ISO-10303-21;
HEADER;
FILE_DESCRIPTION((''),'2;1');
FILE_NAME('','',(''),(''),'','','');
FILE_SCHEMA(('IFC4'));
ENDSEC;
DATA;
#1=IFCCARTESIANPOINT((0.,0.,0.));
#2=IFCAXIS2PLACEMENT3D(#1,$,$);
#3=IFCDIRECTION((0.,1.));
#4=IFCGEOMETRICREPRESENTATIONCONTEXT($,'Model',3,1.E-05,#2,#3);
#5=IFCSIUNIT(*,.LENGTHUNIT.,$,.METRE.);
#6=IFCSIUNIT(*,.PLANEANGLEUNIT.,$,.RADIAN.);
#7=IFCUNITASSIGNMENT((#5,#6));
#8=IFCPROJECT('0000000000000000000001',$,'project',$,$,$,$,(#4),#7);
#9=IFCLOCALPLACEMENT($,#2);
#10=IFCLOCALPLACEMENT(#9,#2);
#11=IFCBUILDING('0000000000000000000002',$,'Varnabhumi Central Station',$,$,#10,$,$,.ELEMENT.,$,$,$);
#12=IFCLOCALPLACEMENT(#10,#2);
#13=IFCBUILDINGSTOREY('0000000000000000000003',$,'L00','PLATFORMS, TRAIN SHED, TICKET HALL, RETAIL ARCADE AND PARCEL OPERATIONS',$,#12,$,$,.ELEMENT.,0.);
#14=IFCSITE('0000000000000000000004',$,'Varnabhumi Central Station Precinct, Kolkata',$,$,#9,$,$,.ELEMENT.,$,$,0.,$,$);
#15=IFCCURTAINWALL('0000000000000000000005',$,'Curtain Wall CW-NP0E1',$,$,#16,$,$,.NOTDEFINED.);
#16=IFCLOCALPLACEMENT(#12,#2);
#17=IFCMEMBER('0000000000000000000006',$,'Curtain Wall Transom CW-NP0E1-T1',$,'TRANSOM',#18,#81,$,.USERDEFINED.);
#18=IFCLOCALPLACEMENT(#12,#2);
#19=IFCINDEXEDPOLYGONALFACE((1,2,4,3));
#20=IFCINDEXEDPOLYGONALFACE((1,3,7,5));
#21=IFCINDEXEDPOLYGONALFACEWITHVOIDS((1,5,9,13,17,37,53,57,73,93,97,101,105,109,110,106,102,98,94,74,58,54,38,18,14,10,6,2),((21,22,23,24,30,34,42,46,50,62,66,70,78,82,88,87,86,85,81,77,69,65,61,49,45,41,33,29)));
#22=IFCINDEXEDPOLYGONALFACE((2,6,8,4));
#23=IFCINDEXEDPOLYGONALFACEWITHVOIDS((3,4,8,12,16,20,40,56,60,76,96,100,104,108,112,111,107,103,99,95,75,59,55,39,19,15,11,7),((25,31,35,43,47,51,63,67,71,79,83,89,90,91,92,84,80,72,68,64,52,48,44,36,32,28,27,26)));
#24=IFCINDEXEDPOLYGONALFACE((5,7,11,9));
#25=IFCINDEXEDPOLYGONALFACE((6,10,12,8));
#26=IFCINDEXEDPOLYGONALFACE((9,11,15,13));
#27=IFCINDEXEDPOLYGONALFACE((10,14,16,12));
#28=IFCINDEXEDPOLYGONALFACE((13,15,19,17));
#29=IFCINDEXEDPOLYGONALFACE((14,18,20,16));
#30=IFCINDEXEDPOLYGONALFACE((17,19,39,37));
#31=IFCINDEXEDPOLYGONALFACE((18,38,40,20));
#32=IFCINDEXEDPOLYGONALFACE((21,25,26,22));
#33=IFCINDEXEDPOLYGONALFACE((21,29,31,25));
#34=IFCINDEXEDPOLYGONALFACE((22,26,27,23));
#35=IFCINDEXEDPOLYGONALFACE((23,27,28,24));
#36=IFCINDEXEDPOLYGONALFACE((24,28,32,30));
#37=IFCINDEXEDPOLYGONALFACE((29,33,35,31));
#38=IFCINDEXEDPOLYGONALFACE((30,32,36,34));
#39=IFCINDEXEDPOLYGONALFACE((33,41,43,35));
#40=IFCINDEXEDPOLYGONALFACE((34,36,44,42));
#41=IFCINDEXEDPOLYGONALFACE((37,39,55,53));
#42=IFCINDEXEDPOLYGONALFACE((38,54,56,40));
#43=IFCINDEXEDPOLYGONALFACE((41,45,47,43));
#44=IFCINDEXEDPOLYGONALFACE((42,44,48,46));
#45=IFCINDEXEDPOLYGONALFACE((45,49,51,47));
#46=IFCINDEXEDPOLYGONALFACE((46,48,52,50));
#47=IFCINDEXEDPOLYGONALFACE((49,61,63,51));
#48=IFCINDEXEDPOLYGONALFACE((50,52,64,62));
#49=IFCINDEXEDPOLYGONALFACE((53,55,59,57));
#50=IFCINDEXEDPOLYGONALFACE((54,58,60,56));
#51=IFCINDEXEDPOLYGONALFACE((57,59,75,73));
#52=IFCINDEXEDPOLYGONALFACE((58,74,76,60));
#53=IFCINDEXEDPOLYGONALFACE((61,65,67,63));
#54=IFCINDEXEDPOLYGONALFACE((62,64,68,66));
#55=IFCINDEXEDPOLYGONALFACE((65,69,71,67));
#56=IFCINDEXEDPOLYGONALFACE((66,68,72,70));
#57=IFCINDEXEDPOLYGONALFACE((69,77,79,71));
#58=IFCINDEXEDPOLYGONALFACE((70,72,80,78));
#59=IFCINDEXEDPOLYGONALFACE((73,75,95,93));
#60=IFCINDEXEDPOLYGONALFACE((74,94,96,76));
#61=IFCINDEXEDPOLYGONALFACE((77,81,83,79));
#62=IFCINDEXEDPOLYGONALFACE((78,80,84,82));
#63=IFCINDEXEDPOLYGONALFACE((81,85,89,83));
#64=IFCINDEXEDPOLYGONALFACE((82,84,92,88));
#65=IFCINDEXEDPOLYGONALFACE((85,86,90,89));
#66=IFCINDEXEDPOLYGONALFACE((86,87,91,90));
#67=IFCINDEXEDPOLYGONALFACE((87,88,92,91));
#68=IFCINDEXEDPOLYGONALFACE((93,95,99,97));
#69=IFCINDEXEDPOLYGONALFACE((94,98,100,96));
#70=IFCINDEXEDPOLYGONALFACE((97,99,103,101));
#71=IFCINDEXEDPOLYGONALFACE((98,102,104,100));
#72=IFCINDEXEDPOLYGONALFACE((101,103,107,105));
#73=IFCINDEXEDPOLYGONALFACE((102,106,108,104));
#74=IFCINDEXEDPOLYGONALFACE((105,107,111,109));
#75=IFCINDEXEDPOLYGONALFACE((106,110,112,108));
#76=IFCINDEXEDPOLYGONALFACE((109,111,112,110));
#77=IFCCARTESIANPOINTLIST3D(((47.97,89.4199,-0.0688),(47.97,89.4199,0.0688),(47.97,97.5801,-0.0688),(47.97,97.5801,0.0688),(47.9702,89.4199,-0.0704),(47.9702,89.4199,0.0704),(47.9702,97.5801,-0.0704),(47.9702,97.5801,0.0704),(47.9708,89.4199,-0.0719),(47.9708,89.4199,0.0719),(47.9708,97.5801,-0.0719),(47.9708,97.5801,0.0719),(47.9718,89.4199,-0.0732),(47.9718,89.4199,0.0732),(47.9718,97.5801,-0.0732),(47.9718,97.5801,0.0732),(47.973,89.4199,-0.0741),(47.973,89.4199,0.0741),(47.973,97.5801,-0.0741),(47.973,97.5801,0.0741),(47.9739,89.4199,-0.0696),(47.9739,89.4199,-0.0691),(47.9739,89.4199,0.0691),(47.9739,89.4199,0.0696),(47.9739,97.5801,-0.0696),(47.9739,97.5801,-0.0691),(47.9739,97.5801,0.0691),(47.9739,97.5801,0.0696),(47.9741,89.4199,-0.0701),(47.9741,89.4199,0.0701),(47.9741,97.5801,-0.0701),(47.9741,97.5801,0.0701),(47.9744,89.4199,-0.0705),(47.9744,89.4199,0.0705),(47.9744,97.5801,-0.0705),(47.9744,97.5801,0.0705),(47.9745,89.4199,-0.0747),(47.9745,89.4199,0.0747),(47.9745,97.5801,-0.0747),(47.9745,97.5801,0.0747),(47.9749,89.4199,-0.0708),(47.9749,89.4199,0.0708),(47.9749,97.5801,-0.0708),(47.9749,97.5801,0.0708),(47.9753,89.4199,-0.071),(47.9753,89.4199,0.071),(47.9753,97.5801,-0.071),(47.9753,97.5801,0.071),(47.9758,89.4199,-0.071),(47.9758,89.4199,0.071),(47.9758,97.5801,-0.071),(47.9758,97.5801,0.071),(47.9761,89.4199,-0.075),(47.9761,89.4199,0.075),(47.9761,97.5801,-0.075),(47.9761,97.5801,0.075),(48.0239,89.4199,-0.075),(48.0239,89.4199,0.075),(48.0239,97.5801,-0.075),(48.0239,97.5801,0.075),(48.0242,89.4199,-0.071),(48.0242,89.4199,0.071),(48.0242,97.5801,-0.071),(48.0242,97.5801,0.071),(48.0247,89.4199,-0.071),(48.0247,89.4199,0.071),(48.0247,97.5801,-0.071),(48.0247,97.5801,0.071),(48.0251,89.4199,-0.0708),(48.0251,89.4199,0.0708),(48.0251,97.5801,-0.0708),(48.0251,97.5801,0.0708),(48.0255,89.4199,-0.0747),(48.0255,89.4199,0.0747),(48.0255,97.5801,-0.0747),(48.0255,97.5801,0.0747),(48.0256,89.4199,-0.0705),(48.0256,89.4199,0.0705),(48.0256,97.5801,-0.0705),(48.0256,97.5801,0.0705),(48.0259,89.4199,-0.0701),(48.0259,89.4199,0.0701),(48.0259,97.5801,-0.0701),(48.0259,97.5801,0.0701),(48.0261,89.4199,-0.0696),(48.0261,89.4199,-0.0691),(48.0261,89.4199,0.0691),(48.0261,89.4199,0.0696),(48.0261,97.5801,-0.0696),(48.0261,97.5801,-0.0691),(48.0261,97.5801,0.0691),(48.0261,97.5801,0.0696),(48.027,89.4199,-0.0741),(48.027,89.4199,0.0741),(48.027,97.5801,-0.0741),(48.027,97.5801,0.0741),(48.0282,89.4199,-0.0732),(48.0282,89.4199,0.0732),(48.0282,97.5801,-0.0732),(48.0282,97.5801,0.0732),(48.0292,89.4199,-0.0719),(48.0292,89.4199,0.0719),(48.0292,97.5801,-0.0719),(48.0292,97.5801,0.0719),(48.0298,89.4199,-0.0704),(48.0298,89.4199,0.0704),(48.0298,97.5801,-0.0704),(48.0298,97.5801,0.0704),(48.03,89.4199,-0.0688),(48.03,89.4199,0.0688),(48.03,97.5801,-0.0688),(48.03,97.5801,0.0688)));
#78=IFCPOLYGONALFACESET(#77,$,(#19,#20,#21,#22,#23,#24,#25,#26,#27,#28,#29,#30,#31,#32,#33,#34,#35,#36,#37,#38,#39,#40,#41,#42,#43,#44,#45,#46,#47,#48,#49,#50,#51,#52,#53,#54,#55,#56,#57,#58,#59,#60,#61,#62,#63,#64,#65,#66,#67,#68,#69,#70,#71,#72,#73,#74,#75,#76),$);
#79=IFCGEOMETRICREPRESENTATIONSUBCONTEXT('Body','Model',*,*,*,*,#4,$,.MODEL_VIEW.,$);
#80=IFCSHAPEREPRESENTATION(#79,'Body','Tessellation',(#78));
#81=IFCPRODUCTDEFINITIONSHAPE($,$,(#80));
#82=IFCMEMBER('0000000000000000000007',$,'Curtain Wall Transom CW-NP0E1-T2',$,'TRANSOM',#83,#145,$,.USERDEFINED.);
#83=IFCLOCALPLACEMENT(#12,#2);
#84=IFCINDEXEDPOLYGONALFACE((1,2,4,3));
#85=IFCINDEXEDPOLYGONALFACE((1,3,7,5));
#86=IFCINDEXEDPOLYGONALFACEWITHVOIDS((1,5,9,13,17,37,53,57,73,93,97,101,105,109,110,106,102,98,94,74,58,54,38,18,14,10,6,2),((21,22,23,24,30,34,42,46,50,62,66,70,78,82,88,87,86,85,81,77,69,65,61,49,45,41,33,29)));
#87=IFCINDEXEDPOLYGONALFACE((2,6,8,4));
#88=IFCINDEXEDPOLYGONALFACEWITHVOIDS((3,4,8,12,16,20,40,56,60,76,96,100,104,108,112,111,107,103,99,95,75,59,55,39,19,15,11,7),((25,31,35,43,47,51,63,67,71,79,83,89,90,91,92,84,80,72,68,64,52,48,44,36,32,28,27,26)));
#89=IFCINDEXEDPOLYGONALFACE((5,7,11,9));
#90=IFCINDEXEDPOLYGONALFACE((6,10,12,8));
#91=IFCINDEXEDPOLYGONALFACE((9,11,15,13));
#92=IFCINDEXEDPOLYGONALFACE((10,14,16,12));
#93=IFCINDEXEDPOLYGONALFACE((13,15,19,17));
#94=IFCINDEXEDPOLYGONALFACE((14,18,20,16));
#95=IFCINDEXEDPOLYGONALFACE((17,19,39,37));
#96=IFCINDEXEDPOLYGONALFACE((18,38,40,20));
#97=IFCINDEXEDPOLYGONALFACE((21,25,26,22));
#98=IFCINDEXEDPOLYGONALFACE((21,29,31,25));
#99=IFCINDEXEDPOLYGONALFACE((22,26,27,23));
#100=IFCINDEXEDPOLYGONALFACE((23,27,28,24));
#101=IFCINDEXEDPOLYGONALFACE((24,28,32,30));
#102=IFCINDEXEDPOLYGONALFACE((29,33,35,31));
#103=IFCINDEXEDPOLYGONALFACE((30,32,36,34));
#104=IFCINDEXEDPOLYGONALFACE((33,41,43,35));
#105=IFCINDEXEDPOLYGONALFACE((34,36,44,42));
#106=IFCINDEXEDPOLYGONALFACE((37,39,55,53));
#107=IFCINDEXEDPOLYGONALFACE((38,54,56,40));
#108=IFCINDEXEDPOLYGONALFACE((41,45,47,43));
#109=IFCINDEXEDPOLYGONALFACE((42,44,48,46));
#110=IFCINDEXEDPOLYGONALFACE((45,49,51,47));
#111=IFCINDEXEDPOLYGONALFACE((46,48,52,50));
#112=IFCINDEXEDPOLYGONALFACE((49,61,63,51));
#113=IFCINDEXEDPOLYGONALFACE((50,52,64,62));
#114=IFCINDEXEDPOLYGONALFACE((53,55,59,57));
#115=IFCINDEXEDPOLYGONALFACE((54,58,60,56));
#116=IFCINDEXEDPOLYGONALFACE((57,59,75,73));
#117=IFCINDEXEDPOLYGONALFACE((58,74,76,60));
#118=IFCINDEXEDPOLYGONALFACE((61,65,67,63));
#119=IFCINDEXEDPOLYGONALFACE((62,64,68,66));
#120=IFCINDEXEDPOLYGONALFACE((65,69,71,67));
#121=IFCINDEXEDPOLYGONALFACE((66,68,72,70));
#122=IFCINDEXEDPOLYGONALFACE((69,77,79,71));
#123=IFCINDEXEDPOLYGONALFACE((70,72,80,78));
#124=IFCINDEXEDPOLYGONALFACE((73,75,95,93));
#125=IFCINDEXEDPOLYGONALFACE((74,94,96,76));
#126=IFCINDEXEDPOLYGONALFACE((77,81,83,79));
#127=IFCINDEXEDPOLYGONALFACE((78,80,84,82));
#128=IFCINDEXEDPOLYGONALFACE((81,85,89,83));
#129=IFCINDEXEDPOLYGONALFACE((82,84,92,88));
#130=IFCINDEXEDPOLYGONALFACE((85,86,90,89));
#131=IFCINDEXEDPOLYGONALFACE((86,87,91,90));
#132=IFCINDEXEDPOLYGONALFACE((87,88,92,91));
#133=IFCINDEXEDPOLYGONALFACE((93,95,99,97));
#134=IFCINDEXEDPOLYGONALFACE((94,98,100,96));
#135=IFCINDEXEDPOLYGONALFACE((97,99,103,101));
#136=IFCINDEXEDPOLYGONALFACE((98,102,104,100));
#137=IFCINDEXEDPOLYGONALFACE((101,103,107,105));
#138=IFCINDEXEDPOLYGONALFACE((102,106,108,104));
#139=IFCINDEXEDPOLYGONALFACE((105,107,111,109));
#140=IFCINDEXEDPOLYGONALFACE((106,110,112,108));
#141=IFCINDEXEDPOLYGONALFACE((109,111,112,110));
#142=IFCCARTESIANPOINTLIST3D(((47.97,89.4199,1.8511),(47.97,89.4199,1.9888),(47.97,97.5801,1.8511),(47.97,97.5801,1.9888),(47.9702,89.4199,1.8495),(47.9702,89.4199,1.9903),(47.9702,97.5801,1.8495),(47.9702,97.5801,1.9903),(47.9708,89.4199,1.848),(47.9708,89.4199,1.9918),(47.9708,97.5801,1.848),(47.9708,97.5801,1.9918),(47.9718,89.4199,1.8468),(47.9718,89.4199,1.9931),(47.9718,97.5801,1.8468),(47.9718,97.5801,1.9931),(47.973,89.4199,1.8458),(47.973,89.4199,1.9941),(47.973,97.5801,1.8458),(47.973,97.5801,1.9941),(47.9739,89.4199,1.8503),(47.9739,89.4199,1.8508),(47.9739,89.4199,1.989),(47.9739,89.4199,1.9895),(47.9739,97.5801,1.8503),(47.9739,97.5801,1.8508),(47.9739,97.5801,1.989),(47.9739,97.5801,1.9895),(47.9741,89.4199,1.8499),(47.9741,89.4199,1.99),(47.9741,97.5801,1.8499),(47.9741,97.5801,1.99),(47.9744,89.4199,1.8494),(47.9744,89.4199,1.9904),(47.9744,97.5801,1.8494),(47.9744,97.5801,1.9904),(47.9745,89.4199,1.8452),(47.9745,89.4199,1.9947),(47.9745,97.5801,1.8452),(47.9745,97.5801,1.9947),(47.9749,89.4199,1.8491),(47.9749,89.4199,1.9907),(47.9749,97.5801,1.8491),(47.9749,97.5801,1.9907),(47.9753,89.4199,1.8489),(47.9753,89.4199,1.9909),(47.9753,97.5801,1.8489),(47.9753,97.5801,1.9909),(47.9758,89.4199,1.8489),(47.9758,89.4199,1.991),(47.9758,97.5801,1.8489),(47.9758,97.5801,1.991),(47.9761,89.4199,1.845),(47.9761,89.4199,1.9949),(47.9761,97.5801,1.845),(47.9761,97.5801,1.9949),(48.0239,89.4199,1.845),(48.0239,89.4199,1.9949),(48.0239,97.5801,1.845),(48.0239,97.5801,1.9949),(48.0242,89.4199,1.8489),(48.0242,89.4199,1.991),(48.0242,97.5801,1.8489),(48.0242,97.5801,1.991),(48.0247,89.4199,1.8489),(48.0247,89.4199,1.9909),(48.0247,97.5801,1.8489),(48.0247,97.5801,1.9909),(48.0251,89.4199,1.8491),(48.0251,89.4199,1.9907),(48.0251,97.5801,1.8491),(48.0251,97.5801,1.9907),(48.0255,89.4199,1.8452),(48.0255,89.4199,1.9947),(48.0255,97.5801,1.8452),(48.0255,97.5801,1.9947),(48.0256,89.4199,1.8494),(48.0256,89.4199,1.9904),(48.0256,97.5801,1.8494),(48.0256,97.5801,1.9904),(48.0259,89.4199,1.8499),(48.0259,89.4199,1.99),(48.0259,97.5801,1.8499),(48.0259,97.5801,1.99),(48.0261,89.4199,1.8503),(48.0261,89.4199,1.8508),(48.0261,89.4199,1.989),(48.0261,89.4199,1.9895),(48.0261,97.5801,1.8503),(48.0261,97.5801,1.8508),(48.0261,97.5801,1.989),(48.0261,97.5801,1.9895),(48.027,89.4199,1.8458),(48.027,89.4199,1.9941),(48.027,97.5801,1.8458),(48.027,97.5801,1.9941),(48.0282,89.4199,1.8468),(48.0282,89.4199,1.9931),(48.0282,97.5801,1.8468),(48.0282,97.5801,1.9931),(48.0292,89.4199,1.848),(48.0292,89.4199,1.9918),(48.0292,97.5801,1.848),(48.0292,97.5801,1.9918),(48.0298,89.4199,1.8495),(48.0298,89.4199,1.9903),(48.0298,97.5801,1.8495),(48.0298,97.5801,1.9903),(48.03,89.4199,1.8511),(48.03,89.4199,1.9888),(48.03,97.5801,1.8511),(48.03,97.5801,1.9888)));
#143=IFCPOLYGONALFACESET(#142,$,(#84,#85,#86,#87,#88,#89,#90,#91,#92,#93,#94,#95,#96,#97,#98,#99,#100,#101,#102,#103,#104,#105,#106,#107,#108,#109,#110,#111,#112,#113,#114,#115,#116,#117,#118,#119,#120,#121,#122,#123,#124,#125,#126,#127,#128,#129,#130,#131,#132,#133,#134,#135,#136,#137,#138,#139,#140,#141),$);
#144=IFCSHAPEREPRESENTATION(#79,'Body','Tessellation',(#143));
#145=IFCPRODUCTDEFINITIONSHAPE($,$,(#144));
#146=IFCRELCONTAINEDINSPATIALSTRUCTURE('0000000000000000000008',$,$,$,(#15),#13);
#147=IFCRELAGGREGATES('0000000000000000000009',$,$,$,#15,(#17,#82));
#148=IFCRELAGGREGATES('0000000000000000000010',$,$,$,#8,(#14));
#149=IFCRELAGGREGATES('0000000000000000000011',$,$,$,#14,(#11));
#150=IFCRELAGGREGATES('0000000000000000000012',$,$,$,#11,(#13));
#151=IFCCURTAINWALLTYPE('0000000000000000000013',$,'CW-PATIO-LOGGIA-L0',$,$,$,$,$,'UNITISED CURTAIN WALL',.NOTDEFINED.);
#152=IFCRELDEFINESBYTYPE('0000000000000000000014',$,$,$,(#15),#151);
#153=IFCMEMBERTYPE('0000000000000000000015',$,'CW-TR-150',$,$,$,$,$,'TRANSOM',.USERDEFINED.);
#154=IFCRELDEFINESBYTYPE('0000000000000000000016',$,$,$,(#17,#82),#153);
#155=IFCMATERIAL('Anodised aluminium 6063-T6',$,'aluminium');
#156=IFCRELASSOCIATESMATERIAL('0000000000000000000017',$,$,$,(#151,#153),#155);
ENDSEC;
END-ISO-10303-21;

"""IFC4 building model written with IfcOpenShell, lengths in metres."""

from ifc_helpers import new_model, si_unit, direction, frame, origin, origin_2d, place, context, subcontext, project, spatial, hollow_rectangle, extrude, material, material_profile, profile_set, type_object, element, aggregate, save


model = new_model("IFC4")

# Units and contexts
model_context = context("Model", 3, precision=1e-05, world=origin(), true_north=direction((0.0, 1.0)))
body_context = subcontext(model_context, "Body", "Model", "MODEL_VIEW")
ifc_project = project(units=[si_unit("LENGTHUNIT", "METRE"), si_unit("PLANEANGLEUNIT", "RADIAN")], contexts=[model_context])

# Site, building, storey
site_placement = place(None, origin())
site = spatial("IfcSite", under=ifc_project, at=site_placement, Name="Varnabhumi Central Station Precinct, Kolkata", CompositionType="ELEMENT", RefElevation=0.0)
building_placement = place(site_placement, origin())
building = spatial("IfcBuilding", under=site, at=building_placement, Name="Varnabhumi Central Station", CompositionType="ELEMENT")
storey_placement = place(building_placement, origin())
storey = spatial("IfcBuildingStorey", under=building, at=storey_placement, Name="L00", Description="PLATFORMS, TRAIN SHED, TICKET HALL, RETAIL ARCADE AND PARCEL OPERATIONS", CompositionType="ELEMENT", Elevation=0.0)

# Curtain wall
ifc_material_1 = material(Name="Anodised aluminium 6063-T6", Category="aluminium")
curtain_wall_type = type_object("IfcCurtainWallType", Name="CW-PATIO-LOGGIA-L0", ElementType="UNITISED CURTAIN WALL", PredefinedType="NOTDEFINED", material=ifc_material_1)
curtain_wall_1_placement = place(storey_placement, origin())
curtain_wall_1 = element("IfcCurtainWall", 1, at=curtain_wall_1_placement, inside=storey, type_object=curtain_wall_type, Name="Curtain Wall CW-NP0E1", PredefinedType="NOTDEFINED")

# Members
ifc_material_profile_1 = material_profile(ifc_material_1, hollow_rectangle(XDim=0.0601, YDim=0.1499, WallThickness=0.0039, InnerFilletRadius=0.002, OuterFilletRadius=0.0061, at=origin_2d()), Name="Anodised aluminium 6063-T6", Category="aluminium")
ifc_profile_set_1 = profile_set([ifc_material_profile_1], Name="Anodised aluminium 6063-T6")
member_type_1 = type_object("IfcMemberType", Name="CW-TR-150", ElementType="TRANSOM", PredefinedType="USERDEFINED", material=ifc_profile_set_1)
member_1_placement = place(storey_placement, frame((48.0, 89.4199, 0.0), z_axis=(0.0, 1.0, 0.0), x_axis=(-1.0, 0.0, 0.0)))
member_1 = element("IfcMember", 2, at=member_1_placement, type_object=member_type_1, Name="Curtain Wall Transom CW-NP0E1-T1", ObjectType="TRANSOM", PredefinedType="USERDEFINED", context=body_context, shape_type="SweptSolid", body=[
    extrude(hollow_rectangle(XDim=0.0601, YDim=0.1499, WallThickness=0.0039, InnerFilletRadius=0.002, OuterFilletRadius=0.0061, at=origin_2d()), origin(), (0.0, 0.0, 1.0), 8.1602),
])
member_2_placement = place(storey_placement, frame((48.0, 89.4199, 1.9199), z_axis=(0.0, 1.0, 0.0), x_axis=(-1.0, 0.0, 0.0)))
member_2 = element("IfcMember", 3, at=member_2_placement, type_object=member_type_1, Name="Curtain Wall Transom CW-NP0E1-T2", ObjectType="TRANSOM", PredefinedType="USERDEFINED", context=body_context, shape_type="SweptSolid", body=[
    extrude(hollow_rectangle(XDim=0.0601, YDim=0.1499, WallThickness=0.0039, InnerFilletRadius=0.002, OuterFilletRadius=0.0061, at=origin_2d()), origin(), (0.0, 0.0, 1.0), 8.1602),
])

aggregate(curtain_wall_1, [member_1, member_2])

save(model, "model.ifc")
